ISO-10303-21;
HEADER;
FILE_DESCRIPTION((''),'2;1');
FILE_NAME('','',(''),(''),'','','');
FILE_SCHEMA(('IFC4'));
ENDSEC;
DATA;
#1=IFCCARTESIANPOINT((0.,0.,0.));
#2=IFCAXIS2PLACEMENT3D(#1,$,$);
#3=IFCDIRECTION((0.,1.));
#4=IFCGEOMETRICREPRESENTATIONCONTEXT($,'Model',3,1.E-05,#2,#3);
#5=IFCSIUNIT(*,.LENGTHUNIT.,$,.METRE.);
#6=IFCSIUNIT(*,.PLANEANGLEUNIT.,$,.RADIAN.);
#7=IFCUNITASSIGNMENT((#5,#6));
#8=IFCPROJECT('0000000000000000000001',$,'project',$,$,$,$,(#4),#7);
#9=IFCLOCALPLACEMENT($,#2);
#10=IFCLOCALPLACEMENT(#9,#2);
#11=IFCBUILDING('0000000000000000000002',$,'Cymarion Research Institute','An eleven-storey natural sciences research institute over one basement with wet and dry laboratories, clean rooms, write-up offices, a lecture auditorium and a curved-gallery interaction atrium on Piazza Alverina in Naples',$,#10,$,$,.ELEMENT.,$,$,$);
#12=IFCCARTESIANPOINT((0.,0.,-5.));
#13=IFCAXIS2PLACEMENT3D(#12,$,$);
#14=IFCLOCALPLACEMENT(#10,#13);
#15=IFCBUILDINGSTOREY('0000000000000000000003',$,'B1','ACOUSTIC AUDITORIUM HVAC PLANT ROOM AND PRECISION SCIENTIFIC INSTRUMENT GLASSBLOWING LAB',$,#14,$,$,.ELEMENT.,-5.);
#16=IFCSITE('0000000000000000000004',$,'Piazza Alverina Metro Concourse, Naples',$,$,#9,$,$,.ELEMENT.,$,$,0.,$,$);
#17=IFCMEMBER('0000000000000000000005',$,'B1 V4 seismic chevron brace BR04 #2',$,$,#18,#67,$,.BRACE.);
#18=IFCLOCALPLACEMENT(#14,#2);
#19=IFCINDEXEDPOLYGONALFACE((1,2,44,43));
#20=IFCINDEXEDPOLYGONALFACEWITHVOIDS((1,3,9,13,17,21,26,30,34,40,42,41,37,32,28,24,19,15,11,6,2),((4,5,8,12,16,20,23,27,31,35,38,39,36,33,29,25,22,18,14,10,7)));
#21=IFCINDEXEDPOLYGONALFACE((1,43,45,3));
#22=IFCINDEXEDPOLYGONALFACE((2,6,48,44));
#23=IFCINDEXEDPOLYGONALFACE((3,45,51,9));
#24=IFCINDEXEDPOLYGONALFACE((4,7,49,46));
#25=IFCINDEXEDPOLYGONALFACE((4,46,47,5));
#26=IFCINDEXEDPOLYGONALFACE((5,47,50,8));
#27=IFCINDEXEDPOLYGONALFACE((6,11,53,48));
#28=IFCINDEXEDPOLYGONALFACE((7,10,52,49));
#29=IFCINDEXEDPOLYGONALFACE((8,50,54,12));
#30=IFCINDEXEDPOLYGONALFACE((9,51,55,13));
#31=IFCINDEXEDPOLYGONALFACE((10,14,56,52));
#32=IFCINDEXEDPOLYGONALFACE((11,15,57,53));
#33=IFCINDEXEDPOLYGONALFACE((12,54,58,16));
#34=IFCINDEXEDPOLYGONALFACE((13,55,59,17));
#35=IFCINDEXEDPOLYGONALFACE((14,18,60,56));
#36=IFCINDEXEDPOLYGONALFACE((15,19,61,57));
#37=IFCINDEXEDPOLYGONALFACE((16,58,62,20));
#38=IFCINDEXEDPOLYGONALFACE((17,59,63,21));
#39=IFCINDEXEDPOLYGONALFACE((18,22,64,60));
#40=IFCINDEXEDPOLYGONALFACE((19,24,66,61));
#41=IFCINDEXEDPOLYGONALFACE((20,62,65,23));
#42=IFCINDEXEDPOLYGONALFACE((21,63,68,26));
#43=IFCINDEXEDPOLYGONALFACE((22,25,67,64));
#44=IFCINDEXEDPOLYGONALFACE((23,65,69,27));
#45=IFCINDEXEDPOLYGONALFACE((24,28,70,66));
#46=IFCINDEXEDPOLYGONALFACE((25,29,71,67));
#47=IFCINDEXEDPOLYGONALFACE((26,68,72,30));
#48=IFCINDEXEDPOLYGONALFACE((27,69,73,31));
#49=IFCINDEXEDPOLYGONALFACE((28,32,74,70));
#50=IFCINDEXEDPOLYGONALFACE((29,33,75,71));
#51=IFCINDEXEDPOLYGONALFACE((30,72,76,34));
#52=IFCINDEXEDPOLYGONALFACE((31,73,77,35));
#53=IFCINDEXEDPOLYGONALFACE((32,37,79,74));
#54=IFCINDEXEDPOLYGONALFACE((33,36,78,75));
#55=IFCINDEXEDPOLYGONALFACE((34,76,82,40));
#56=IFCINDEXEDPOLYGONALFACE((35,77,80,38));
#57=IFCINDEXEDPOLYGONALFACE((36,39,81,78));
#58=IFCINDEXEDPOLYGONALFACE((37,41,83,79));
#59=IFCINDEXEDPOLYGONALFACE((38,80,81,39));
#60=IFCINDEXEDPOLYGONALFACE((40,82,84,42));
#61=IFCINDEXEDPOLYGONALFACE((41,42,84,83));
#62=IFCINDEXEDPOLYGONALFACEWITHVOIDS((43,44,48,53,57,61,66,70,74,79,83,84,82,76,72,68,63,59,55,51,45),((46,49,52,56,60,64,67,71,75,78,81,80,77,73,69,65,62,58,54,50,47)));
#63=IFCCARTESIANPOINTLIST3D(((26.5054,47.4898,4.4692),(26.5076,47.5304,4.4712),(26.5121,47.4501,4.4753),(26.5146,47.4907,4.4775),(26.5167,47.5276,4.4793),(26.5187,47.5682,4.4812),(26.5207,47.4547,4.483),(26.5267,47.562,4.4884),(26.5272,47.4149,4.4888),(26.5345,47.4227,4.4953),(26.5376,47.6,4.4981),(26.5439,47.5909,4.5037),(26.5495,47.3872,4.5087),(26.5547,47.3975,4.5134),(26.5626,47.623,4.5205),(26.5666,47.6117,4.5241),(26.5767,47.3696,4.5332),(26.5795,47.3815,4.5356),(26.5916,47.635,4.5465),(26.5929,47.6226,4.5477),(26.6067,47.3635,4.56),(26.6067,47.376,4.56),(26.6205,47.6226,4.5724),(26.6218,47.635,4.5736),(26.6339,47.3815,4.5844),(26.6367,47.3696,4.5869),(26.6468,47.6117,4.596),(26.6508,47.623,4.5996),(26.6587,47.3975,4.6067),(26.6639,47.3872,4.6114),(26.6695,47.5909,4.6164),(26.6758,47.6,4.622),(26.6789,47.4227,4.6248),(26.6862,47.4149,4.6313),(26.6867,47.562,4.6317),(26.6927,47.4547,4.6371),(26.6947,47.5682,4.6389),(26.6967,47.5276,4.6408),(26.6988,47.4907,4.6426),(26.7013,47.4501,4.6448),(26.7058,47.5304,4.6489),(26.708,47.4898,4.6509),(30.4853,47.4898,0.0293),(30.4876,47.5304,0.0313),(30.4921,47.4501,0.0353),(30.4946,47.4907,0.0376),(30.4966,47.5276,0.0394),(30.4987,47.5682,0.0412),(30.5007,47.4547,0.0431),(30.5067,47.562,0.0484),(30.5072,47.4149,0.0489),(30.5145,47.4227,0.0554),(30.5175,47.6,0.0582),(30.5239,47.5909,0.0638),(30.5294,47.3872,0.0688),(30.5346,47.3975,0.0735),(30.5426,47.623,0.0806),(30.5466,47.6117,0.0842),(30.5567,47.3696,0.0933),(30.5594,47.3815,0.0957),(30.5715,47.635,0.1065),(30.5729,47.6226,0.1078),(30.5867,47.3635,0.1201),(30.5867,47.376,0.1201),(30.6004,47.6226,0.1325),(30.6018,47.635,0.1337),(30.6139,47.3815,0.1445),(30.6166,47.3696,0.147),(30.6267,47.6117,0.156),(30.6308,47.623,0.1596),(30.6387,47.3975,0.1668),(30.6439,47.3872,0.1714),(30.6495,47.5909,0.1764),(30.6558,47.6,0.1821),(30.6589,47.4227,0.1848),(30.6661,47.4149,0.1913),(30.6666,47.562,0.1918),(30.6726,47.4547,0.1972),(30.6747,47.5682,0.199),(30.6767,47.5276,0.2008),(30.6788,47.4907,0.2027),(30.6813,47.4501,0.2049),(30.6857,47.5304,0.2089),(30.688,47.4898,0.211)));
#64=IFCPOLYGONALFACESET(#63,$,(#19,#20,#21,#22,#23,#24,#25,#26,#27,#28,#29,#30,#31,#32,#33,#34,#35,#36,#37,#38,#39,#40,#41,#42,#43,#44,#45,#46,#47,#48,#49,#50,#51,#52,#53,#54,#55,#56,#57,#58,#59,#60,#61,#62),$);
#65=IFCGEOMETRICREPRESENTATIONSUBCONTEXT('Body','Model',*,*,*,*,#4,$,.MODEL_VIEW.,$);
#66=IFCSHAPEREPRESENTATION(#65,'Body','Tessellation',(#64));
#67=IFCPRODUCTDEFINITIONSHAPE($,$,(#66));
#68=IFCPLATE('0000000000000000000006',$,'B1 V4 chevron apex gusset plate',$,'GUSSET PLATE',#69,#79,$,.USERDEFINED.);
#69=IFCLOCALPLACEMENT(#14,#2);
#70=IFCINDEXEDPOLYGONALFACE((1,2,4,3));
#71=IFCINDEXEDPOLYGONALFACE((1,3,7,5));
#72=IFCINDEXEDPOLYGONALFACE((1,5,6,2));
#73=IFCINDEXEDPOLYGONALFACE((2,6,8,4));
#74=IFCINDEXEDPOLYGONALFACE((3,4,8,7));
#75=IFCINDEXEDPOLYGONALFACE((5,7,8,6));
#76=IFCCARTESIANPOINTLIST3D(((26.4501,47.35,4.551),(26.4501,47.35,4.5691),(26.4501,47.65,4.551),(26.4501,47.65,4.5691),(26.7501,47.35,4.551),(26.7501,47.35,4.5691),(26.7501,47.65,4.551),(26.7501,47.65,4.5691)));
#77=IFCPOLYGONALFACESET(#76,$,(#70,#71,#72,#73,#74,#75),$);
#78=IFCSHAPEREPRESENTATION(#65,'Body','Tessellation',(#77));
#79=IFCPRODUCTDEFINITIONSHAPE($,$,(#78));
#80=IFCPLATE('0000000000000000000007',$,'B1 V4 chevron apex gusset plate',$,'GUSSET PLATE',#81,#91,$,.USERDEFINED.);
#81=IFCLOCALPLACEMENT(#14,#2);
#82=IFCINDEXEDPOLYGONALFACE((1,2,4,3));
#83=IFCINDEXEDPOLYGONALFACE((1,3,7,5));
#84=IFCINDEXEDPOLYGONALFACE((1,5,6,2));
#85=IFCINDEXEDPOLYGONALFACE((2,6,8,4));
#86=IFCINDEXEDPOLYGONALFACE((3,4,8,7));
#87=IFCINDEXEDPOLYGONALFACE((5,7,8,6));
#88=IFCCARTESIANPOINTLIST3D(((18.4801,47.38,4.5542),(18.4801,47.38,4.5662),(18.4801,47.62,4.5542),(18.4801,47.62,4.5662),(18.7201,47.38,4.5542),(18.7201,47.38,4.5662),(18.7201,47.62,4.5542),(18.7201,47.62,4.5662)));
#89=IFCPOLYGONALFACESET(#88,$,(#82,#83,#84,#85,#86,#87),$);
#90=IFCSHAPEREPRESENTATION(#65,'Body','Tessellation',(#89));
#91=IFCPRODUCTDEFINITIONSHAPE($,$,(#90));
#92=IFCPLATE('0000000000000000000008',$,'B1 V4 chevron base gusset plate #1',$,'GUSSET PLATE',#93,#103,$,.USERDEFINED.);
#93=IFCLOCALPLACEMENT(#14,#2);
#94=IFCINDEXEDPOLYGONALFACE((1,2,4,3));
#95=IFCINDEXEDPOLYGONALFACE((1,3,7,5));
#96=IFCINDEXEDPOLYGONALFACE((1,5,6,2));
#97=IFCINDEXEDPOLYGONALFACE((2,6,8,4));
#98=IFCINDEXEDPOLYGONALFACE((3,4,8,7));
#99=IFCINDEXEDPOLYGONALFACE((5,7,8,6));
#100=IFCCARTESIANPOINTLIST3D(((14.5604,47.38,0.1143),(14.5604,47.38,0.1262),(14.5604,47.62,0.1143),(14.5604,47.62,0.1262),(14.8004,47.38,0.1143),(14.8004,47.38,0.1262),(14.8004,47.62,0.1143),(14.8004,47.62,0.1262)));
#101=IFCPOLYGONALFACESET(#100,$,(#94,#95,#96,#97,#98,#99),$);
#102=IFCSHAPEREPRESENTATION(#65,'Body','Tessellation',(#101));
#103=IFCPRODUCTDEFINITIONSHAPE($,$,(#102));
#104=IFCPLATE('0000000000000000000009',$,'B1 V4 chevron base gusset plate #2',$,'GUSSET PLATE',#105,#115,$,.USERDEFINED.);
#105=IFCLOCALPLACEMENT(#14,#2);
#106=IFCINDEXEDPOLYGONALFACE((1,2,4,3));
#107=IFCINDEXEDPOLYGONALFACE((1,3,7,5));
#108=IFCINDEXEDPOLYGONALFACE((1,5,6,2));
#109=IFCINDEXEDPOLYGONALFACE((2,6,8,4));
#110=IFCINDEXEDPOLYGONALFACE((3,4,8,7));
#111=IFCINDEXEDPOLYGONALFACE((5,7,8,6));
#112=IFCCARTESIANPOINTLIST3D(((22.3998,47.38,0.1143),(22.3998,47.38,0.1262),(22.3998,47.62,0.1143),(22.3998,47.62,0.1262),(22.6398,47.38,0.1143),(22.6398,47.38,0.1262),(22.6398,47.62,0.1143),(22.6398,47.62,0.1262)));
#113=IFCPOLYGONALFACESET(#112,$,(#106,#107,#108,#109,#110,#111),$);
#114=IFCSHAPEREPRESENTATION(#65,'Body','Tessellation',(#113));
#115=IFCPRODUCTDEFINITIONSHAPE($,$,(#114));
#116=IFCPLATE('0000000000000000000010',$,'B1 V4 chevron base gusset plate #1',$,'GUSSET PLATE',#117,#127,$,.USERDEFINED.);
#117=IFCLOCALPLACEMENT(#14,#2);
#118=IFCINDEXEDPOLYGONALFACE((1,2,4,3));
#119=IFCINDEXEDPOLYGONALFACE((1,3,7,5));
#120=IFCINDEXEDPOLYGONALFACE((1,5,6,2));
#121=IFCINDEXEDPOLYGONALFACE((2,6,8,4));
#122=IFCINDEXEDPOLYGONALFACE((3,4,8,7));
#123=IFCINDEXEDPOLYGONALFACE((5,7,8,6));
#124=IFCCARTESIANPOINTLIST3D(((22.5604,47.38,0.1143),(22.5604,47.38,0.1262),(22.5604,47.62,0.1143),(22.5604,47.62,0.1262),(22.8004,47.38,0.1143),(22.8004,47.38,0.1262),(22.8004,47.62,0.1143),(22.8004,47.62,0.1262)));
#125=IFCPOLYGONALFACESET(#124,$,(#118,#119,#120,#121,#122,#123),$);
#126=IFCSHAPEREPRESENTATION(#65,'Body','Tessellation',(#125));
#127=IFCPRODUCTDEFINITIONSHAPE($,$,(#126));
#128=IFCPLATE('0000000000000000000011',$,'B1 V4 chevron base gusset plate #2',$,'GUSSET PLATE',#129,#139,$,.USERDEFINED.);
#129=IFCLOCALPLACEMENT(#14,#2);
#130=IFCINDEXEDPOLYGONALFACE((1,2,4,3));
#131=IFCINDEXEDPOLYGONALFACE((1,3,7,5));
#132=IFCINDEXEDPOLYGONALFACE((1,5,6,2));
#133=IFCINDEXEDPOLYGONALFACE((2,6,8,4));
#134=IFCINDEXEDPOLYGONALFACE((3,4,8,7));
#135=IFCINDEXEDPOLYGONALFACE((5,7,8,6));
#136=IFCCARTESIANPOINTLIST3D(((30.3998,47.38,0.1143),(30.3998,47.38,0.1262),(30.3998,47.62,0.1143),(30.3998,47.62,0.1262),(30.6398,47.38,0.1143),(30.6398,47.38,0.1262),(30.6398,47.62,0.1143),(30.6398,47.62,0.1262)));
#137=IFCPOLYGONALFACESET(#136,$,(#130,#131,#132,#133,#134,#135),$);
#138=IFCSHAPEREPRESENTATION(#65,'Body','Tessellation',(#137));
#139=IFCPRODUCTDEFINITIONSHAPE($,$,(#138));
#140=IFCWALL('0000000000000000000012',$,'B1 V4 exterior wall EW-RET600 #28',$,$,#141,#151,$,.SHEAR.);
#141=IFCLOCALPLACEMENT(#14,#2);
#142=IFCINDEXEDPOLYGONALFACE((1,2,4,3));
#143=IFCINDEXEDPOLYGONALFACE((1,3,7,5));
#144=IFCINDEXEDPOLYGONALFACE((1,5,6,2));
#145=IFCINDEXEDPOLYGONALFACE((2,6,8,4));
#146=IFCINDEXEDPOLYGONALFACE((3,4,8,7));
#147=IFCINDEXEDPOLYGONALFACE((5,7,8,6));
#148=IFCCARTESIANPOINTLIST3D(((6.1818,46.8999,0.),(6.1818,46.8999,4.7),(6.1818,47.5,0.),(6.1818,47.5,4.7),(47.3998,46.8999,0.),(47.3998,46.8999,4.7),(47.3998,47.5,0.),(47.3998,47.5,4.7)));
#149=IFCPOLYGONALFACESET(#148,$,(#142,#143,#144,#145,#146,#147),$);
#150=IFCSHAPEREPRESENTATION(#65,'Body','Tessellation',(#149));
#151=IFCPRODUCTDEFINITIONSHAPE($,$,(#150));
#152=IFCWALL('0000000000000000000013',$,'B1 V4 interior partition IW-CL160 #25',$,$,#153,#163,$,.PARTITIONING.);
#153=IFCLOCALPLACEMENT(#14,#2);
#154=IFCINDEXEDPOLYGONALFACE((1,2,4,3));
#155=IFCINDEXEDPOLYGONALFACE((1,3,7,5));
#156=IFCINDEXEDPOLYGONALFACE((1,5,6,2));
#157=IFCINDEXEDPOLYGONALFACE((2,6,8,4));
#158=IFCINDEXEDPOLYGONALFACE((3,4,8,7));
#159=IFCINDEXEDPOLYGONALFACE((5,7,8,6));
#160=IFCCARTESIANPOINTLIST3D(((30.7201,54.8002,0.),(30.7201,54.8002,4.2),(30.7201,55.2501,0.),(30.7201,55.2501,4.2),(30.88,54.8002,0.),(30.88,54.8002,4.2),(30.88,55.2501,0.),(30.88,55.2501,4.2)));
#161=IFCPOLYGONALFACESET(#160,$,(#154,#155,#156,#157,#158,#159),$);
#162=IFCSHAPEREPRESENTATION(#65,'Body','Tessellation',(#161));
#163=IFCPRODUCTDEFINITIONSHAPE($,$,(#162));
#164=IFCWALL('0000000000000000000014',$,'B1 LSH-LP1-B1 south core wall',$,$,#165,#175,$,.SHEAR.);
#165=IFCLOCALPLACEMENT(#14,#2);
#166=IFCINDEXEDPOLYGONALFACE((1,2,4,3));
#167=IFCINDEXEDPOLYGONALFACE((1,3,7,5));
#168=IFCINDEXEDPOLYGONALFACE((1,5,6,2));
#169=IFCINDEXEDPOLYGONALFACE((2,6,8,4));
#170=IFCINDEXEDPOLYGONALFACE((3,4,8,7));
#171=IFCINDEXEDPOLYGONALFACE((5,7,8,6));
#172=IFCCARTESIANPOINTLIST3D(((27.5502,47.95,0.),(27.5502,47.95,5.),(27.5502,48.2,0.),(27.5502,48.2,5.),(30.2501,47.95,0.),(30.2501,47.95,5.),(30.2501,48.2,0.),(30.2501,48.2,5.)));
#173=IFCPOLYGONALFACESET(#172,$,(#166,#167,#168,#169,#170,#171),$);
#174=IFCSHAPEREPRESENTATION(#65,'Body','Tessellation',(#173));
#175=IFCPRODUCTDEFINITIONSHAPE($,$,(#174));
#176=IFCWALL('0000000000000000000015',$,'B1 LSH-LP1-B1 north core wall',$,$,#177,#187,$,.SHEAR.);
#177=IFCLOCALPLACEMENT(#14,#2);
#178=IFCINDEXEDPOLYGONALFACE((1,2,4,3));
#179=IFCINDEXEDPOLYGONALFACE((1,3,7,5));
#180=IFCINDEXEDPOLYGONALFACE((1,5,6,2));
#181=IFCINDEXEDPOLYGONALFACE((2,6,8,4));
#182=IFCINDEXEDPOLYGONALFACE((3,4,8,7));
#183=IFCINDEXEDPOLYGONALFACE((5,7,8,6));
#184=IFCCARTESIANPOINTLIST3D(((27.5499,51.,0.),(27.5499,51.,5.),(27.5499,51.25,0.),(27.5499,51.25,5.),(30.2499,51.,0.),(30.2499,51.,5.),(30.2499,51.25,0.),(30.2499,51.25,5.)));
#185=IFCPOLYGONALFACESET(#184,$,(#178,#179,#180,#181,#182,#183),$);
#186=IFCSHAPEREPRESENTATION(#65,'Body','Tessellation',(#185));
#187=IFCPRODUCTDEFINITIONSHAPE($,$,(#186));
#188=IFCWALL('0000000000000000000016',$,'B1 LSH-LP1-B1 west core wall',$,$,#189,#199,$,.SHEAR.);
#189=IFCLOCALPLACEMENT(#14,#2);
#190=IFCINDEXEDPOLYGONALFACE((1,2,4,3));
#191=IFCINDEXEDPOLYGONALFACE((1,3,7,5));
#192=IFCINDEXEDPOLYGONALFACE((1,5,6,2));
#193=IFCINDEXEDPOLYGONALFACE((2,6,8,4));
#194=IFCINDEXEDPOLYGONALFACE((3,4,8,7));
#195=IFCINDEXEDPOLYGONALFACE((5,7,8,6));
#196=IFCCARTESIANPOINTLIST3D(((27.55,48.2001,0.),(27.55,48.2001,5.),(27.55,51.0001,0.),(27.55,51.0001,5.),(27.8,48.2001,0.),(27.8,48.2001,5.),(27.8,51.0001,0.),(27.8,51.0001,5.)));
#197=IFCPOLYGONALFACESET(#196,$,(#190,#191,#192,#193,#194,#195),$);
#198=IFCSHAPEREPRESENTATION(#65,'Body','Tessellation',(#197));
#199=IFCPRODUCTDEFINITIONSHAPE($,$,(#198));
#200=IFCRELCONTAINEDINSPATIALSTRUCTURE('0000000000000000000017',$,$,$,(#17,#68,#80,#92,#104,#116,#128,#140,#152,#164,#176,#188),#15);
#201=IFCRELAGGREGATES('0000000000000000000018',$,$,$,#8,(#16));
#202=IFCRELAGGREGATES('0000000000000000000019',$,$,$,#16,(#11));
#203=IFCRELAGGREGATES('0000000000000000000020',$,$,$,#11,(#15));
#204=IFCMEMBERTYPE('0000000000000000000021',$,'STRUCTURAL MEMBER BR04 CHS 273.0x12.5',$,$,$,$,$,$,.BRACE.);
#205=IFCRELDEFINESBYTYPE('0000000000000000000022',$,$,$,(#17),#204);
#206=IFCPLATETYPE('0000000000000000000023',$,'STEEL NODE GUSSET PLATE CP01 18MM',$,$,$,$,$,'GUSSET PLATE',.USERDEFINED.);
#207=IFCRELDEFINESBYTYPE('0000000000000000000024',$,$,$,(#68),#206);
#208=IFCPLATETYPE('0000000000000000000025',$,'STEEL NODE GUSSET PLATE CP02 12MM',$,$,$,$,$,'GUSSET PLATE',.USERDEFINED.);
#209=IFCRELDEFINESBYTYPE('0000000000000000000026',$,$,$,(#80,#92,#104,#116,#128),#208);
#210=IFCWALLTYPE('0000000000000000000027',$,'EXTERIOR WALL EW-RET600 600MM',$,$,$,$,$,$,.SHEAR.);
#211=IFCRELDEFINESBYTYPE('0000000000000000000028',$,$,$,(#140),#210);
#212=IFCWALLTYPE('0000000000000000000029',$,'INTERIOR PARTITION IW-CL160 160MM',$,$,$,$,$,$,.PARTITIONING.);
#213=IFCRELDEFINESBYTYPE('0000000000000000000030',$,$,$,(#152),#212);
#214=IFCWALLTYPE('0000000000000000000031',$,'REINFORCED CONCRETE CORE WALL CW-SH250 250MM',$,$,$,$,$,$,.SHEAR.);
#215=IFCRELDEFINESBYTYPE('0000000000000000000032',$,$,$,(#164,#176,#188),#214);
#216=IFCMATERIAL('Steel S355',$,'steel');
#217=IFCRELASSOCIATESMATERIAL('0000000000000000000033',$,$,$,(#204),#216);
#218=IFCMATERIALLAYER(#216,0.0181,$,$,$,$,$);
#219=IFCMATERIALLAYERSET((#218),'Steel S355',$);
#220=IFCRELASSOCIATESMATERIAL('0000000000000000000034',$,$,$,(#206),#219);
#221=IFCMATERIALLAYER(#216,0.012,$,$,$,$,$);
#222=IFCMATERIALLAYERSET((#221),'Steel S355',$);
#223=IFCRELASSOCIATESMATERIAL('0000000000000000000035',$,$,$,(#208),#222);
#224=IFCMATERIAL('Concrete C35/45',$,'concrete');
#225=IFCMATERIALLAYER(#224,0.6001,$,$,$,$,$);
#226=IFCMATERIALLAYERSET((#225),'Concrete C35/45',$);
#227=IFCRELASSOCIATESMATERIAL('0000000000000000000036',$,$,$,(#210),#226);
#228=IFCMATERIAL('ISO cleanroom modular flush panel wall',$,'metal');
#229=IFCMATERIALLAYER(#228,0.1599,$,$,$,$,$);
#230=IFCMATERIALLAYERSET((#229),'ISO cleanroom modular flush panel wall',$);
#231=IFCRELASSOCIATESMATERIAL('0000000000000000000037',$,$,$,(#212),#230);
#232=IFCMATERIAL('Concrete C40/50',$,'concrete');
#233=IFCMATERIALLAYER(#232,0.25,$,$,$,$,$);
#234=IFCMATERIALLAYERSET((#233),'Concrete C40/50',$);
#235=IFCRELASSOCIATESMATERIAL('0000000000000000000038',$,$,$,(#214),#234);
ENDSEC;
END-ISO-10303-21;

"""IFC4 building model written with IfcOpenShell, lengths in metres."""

from ifc_helpers import new_model, si_unit, direction, frame, frame_2d, origin, origin_2d, place, context, subcontext, project, spatial, rectangle, hollow_circle, extrude, material, layer, layer_set, material_profile, profile_set, type_object, element, save


model = new_model("IFC4")

# Units and contexts
model_context = context("Model", 3, precision=1e-05, world=origin(), true_north=direction((0.0, 1.0)))
body_context = subcontext(model_context, "Body", "Model", "MODEL_VIEW")
ifc_project = project(units=[si_unit("LENGTHUNIT", "METRE"), si_unit("PLANEANGLEUNIT", "RADIAN")], contexts=[model_context])

# Site, building, storey
site_placement = place(None, origin())
site = spatial("IfcSite", under=ifc_project, at=site_placement, Name="Piazza Alverina Metro Concourse, Naples", CompositionType="ELEMENT", RefElevation=0.0)
building_placement = place(site_placement, origin())
building = spatial("IfcBuilding", under=site, at=building_placement, Name="Cymarion Research Institute", Description="An eleven-storey natural sciences research institute over one basement with wet and dry laboratories, clean rooms, write-up offices, a lecture auditorium and a curved-gallery interaction atrium on Piazza Alverina in Naples", CompositionType="ELEMENT")
storey_placement = place(building_placement, frame((0.0, 0.0, -5.0)))
storey = spatial("IfcBuildingStorey", under=building, at=storey_placement, Name="B1", Description="ACOUSTIC AUDITORIUM HVAC PLANT ROOM AND PRECISION SCIENTIFIC INSTRUMENT GLASSBLOWING LAB", CompositionType="ELEMENT", Elevation=-5.0)

# Shared definitions
ifc_material_1 = material(Name="Concrete C35/45", Category="concrete")

# Shared definitions
ifc_material_2 = material(Name="Steel S355", Category="steel")
ifc_material_3 = material(Name="Concrete C40/50", Category="concrete")

# Member
ifc_material_profile_1 = material_profile(ifc_material_2, hollow_circle(Radius=0.1365, WallThickness=0.0125, at=origin_2d()), Name="CHS 273.0x12.5")
ifc_profile_set_1 = profile_set([ifc_material_profile_1], Name="Steel S355")
member_type = type_object("IfcMemberType", Name="STRUCTURAL MEMBER BR04 CHS 273.0x12.5", PredefinedType="BRACE", material=ifc_profile_set_1)
for number, where, z_axis, x_axis, name in (
    (1, (30.5867, 47.5, 0.1201), (-0.667484, 0.0, 0.744624), (0.0, -1.0, 0.0), "B1 V4 seismic chevron brace BR04 #2"),
):
    element("IfcMember", number, at=place(storey_placement, frame(where, z_axis=z_axis, x_axis=x_axis)), inside=storey, type_object=member_type, Name=name, PredefinedType="BRACE", context=body_context, shape_type="SweptSolid", body=[
        extrude(hollow_circle(Radius=0.1365, WallThickness=0.0125, at=origin_2d()), origin(), (0.0, 0.0, 1.0), 5.9626),
    ])

# Plates
ifc_layer_1 = layer(ifc_material_2, 0.0181)
ifc_layer_set_1 = layer_set([ifc_layer_1], Name="Steel S355")
plate_type_1 = type_object("IfcPlateType", Name="STEEL NODE GUSSET PLATE CP01 18MM", ElementType="GUSSET PLATE", PredefinedType="USERDEFINED", material=ifc_layer_set_1)
plate_placement = place(storey_placement, frame((26.6001, 47.5, 4.551), z_axis=(0.0, 0.0, 1.0), x_axis=(1.0, 0.0, 0.0)))
element("IfcPlate", 2, at=plate_placement, inside=storey, type_object=plate_type_1, Name="B1 V4 chevron apex gusset plate", ObjectType="GUSSET PLATE", PredefinedType="USERDEFINED", context=body_context, shape_type="SweptSolid", body=[
    extrude(rectangle(XDim=0.3, YDim=0.3, at=origin_2d()), origin(), (0.0, 0.0, 1.0), 0.0181),
])
ifc_layer_2 = layer(ifc_material_2, 0.012)
ifc_layer_set_2 = layer_set([ifc_layer_2], Name="Steel S355")
plate_type_2 = type_object("IfcPlateType", Name="STEEL NODE GUSSET PLATE CP02 12MM", ElementType="GUSSET PLATE", PredefinedType="USERDEFINED", material=ifc_layer_set_2)
for number, where, z_axis, x_axis, name in (
    (3, (18.6001, 47.5, 4.5542), (0.0, 0.0, 1.0), (1.0, 0.0, 0.0), "B1 V4 chevron apex gusset plate"),
    (4, (14.6804, 47.5, 0.1143), (0.0, 0.0, 1.0), (1.0, 0.0, 0.0), "B1 V4 chevron base gusset plate #1"),
    (5, (22.5198, 47.5, 0.1143), (0.0, 0.0, 1.0), (1.0, 0.0, 0.0), "B1 V4 chevron base gusset plate #2"),
    (6, (22.6804, 47.5, 0.1143), (0.0, 0.0, 1.0), (1.0, 0.0, 0.0), "B1 V4 chevron base gusset plate #1"),
    (7, (30.5198, 47.5, 0.1143), (0.0, 0.0, 1.0), (1.0, 0.0, 0.0), "B1 V4 chevron base gusset plate #2"),
):
    element("IfcPlate", number, at=place(storey_placement, frame(where, z_axis=z_axis, x_axis=x_axis)), inside=storey, type_object=plate_type_2, Name=name, ObjectType="GUSSET PLATE", PredefinedType="USERDEFINED", context=body_context, shape_type="SweptSolid", body=[
        extrude(rectangle(XDim=0.24, YDim=0.24, at=origin_2d()), origin(), (0.0, 0.0, 1.0), 0.012),
    ])

# Walls
ifc_layer_3 = layer(ifc_material_1, 0.6001)
ifc_layer_set_3 = layer_set([ifc_layer_3], Name="Concrete C35/45")
wall_type_1 = type_object("IfcWallType", Name="EXTERIOR WALL EW-RET600 600MM", PredefinedType="SHEAR", material=ifc_layer_set_3)
wall_1_placement = place(storey_placement, frame((6.1819, 47.2, 0.0), z_axis=(0.0, 0.0, 1.0), x_axis=(1.0, 0.0, 0.0)))
element("IfcWall", 8, at=wall_1_placement, inside=storey, type_object=wall_type_1, Name="B1 V4 exterior wall EW-RET600 #28", PredefinedType="SHEAR", context=body_context, shape_type="SweptSolid", body=[
    extrude(rectangle(XDim=41.218, YDim=0.6001, at=frame_2d((20.6089, 0.0))), origin(), (0.0, 0.0, 1.0), 4.7),
])
ifc_material_4 = material(Name="ISO cleanroom modular flush panel wall", Category="metal")
ifc_layer_4 = layer(ifc_material_4, 0.1599)
ifc_layer_set_4 = layer_set([ifc_layer_4], Name="ISO cleanroom modular flush panel wall")
wall_type_2 = type_object("IfcWallType", Name="INTERIOR PARTITION IW-CL160 160MM", PredefinedType="PARTITIONING", material=ifc_layer_set_4)
wall_2_placement = place(storey_placement, frame((30.8, 54.8, 0.0), z_axis=(0.0, 0.0, 1.0), x_axis=(0.0, 1.0, 0.0)))
element("IfcWall", 9, at=wall_2_placement, inside=storey, type_object=wall_type_2, Name="B1 V4 interior partition IW-CL160 #25", PredefinedType="PARTITIONING", context=body_context, shape_type="SweptSolid", body=[
    extrude(rectangle(XDim=0.45, YDim=0.1599, at=frame_2d((0.2251, 0.0))), origin(), (0.0, 0.0, 1.0), 4.2),
])
ifc_layer_5 = layer(ifc_material_3, 0.25)
ifc_layer_set_5 = layer_set([ifc_layer_5], Name="Concrete C40/50")
wall_type_3 = type_object("IfcWallType", Name="REINFORCED CONCRETE CORE WALL CW-SH250 250MM", PredefinedType="SHEAR", material=ifc_layer_set_5)
for number, where, z_axis, x_axis, name in (
    (10, (27.55, 48.075, 0.0), (0.0, 0.0, 1.0), (1.0, 0.0, 0.0), "B1 LSH-LP1-B1 south core wall"),
    (11, (30.25, 51.125, 0.0), (0.0, 0.0, 1.0), (-1.0, 0.0, 0.0), "B1 LSH-LP1-B1 north core wall"),
):
    element("IfcWall", number, at=place(storey_placement, frame(where, z_axis=z_axis, x_axis=x_axis)), inside=storey, type_object=wall_type_3, Name=name, PredefinedType="SHEAR", context=body_context, shape_type="SweptSolid", body=[
        extrude(rectangle(XDim=2.7, YDim=0.25, at=frame_2d((1.3501, 0.0))), origin(), (0.0, 0.0, 1.0), 5.0),
    ])
wall_3_placement = place(storey_placement, frame((27.675, 51.0, 0.0), z_axis=(0.0, 0.0, 1.0), x_axis=(0.0, -1.0, 0.0)))
element("IfcWall", 12, at=wall_3_placement, inside=storey, type_object=wall_type_3, Name="B1 LSH-LP1-B1 west core wall", PredefinedType="SHEAR", context=body_context, shape_type="SweptSolid", body=[
    extrude(rectangle(XDim=2.8, YDim=0.25, at=frame_2d((1.3999, 0.0))), origin(), (0.0, 0.0, 1.0), 5.0),
])

save(model, "model.ifc")
